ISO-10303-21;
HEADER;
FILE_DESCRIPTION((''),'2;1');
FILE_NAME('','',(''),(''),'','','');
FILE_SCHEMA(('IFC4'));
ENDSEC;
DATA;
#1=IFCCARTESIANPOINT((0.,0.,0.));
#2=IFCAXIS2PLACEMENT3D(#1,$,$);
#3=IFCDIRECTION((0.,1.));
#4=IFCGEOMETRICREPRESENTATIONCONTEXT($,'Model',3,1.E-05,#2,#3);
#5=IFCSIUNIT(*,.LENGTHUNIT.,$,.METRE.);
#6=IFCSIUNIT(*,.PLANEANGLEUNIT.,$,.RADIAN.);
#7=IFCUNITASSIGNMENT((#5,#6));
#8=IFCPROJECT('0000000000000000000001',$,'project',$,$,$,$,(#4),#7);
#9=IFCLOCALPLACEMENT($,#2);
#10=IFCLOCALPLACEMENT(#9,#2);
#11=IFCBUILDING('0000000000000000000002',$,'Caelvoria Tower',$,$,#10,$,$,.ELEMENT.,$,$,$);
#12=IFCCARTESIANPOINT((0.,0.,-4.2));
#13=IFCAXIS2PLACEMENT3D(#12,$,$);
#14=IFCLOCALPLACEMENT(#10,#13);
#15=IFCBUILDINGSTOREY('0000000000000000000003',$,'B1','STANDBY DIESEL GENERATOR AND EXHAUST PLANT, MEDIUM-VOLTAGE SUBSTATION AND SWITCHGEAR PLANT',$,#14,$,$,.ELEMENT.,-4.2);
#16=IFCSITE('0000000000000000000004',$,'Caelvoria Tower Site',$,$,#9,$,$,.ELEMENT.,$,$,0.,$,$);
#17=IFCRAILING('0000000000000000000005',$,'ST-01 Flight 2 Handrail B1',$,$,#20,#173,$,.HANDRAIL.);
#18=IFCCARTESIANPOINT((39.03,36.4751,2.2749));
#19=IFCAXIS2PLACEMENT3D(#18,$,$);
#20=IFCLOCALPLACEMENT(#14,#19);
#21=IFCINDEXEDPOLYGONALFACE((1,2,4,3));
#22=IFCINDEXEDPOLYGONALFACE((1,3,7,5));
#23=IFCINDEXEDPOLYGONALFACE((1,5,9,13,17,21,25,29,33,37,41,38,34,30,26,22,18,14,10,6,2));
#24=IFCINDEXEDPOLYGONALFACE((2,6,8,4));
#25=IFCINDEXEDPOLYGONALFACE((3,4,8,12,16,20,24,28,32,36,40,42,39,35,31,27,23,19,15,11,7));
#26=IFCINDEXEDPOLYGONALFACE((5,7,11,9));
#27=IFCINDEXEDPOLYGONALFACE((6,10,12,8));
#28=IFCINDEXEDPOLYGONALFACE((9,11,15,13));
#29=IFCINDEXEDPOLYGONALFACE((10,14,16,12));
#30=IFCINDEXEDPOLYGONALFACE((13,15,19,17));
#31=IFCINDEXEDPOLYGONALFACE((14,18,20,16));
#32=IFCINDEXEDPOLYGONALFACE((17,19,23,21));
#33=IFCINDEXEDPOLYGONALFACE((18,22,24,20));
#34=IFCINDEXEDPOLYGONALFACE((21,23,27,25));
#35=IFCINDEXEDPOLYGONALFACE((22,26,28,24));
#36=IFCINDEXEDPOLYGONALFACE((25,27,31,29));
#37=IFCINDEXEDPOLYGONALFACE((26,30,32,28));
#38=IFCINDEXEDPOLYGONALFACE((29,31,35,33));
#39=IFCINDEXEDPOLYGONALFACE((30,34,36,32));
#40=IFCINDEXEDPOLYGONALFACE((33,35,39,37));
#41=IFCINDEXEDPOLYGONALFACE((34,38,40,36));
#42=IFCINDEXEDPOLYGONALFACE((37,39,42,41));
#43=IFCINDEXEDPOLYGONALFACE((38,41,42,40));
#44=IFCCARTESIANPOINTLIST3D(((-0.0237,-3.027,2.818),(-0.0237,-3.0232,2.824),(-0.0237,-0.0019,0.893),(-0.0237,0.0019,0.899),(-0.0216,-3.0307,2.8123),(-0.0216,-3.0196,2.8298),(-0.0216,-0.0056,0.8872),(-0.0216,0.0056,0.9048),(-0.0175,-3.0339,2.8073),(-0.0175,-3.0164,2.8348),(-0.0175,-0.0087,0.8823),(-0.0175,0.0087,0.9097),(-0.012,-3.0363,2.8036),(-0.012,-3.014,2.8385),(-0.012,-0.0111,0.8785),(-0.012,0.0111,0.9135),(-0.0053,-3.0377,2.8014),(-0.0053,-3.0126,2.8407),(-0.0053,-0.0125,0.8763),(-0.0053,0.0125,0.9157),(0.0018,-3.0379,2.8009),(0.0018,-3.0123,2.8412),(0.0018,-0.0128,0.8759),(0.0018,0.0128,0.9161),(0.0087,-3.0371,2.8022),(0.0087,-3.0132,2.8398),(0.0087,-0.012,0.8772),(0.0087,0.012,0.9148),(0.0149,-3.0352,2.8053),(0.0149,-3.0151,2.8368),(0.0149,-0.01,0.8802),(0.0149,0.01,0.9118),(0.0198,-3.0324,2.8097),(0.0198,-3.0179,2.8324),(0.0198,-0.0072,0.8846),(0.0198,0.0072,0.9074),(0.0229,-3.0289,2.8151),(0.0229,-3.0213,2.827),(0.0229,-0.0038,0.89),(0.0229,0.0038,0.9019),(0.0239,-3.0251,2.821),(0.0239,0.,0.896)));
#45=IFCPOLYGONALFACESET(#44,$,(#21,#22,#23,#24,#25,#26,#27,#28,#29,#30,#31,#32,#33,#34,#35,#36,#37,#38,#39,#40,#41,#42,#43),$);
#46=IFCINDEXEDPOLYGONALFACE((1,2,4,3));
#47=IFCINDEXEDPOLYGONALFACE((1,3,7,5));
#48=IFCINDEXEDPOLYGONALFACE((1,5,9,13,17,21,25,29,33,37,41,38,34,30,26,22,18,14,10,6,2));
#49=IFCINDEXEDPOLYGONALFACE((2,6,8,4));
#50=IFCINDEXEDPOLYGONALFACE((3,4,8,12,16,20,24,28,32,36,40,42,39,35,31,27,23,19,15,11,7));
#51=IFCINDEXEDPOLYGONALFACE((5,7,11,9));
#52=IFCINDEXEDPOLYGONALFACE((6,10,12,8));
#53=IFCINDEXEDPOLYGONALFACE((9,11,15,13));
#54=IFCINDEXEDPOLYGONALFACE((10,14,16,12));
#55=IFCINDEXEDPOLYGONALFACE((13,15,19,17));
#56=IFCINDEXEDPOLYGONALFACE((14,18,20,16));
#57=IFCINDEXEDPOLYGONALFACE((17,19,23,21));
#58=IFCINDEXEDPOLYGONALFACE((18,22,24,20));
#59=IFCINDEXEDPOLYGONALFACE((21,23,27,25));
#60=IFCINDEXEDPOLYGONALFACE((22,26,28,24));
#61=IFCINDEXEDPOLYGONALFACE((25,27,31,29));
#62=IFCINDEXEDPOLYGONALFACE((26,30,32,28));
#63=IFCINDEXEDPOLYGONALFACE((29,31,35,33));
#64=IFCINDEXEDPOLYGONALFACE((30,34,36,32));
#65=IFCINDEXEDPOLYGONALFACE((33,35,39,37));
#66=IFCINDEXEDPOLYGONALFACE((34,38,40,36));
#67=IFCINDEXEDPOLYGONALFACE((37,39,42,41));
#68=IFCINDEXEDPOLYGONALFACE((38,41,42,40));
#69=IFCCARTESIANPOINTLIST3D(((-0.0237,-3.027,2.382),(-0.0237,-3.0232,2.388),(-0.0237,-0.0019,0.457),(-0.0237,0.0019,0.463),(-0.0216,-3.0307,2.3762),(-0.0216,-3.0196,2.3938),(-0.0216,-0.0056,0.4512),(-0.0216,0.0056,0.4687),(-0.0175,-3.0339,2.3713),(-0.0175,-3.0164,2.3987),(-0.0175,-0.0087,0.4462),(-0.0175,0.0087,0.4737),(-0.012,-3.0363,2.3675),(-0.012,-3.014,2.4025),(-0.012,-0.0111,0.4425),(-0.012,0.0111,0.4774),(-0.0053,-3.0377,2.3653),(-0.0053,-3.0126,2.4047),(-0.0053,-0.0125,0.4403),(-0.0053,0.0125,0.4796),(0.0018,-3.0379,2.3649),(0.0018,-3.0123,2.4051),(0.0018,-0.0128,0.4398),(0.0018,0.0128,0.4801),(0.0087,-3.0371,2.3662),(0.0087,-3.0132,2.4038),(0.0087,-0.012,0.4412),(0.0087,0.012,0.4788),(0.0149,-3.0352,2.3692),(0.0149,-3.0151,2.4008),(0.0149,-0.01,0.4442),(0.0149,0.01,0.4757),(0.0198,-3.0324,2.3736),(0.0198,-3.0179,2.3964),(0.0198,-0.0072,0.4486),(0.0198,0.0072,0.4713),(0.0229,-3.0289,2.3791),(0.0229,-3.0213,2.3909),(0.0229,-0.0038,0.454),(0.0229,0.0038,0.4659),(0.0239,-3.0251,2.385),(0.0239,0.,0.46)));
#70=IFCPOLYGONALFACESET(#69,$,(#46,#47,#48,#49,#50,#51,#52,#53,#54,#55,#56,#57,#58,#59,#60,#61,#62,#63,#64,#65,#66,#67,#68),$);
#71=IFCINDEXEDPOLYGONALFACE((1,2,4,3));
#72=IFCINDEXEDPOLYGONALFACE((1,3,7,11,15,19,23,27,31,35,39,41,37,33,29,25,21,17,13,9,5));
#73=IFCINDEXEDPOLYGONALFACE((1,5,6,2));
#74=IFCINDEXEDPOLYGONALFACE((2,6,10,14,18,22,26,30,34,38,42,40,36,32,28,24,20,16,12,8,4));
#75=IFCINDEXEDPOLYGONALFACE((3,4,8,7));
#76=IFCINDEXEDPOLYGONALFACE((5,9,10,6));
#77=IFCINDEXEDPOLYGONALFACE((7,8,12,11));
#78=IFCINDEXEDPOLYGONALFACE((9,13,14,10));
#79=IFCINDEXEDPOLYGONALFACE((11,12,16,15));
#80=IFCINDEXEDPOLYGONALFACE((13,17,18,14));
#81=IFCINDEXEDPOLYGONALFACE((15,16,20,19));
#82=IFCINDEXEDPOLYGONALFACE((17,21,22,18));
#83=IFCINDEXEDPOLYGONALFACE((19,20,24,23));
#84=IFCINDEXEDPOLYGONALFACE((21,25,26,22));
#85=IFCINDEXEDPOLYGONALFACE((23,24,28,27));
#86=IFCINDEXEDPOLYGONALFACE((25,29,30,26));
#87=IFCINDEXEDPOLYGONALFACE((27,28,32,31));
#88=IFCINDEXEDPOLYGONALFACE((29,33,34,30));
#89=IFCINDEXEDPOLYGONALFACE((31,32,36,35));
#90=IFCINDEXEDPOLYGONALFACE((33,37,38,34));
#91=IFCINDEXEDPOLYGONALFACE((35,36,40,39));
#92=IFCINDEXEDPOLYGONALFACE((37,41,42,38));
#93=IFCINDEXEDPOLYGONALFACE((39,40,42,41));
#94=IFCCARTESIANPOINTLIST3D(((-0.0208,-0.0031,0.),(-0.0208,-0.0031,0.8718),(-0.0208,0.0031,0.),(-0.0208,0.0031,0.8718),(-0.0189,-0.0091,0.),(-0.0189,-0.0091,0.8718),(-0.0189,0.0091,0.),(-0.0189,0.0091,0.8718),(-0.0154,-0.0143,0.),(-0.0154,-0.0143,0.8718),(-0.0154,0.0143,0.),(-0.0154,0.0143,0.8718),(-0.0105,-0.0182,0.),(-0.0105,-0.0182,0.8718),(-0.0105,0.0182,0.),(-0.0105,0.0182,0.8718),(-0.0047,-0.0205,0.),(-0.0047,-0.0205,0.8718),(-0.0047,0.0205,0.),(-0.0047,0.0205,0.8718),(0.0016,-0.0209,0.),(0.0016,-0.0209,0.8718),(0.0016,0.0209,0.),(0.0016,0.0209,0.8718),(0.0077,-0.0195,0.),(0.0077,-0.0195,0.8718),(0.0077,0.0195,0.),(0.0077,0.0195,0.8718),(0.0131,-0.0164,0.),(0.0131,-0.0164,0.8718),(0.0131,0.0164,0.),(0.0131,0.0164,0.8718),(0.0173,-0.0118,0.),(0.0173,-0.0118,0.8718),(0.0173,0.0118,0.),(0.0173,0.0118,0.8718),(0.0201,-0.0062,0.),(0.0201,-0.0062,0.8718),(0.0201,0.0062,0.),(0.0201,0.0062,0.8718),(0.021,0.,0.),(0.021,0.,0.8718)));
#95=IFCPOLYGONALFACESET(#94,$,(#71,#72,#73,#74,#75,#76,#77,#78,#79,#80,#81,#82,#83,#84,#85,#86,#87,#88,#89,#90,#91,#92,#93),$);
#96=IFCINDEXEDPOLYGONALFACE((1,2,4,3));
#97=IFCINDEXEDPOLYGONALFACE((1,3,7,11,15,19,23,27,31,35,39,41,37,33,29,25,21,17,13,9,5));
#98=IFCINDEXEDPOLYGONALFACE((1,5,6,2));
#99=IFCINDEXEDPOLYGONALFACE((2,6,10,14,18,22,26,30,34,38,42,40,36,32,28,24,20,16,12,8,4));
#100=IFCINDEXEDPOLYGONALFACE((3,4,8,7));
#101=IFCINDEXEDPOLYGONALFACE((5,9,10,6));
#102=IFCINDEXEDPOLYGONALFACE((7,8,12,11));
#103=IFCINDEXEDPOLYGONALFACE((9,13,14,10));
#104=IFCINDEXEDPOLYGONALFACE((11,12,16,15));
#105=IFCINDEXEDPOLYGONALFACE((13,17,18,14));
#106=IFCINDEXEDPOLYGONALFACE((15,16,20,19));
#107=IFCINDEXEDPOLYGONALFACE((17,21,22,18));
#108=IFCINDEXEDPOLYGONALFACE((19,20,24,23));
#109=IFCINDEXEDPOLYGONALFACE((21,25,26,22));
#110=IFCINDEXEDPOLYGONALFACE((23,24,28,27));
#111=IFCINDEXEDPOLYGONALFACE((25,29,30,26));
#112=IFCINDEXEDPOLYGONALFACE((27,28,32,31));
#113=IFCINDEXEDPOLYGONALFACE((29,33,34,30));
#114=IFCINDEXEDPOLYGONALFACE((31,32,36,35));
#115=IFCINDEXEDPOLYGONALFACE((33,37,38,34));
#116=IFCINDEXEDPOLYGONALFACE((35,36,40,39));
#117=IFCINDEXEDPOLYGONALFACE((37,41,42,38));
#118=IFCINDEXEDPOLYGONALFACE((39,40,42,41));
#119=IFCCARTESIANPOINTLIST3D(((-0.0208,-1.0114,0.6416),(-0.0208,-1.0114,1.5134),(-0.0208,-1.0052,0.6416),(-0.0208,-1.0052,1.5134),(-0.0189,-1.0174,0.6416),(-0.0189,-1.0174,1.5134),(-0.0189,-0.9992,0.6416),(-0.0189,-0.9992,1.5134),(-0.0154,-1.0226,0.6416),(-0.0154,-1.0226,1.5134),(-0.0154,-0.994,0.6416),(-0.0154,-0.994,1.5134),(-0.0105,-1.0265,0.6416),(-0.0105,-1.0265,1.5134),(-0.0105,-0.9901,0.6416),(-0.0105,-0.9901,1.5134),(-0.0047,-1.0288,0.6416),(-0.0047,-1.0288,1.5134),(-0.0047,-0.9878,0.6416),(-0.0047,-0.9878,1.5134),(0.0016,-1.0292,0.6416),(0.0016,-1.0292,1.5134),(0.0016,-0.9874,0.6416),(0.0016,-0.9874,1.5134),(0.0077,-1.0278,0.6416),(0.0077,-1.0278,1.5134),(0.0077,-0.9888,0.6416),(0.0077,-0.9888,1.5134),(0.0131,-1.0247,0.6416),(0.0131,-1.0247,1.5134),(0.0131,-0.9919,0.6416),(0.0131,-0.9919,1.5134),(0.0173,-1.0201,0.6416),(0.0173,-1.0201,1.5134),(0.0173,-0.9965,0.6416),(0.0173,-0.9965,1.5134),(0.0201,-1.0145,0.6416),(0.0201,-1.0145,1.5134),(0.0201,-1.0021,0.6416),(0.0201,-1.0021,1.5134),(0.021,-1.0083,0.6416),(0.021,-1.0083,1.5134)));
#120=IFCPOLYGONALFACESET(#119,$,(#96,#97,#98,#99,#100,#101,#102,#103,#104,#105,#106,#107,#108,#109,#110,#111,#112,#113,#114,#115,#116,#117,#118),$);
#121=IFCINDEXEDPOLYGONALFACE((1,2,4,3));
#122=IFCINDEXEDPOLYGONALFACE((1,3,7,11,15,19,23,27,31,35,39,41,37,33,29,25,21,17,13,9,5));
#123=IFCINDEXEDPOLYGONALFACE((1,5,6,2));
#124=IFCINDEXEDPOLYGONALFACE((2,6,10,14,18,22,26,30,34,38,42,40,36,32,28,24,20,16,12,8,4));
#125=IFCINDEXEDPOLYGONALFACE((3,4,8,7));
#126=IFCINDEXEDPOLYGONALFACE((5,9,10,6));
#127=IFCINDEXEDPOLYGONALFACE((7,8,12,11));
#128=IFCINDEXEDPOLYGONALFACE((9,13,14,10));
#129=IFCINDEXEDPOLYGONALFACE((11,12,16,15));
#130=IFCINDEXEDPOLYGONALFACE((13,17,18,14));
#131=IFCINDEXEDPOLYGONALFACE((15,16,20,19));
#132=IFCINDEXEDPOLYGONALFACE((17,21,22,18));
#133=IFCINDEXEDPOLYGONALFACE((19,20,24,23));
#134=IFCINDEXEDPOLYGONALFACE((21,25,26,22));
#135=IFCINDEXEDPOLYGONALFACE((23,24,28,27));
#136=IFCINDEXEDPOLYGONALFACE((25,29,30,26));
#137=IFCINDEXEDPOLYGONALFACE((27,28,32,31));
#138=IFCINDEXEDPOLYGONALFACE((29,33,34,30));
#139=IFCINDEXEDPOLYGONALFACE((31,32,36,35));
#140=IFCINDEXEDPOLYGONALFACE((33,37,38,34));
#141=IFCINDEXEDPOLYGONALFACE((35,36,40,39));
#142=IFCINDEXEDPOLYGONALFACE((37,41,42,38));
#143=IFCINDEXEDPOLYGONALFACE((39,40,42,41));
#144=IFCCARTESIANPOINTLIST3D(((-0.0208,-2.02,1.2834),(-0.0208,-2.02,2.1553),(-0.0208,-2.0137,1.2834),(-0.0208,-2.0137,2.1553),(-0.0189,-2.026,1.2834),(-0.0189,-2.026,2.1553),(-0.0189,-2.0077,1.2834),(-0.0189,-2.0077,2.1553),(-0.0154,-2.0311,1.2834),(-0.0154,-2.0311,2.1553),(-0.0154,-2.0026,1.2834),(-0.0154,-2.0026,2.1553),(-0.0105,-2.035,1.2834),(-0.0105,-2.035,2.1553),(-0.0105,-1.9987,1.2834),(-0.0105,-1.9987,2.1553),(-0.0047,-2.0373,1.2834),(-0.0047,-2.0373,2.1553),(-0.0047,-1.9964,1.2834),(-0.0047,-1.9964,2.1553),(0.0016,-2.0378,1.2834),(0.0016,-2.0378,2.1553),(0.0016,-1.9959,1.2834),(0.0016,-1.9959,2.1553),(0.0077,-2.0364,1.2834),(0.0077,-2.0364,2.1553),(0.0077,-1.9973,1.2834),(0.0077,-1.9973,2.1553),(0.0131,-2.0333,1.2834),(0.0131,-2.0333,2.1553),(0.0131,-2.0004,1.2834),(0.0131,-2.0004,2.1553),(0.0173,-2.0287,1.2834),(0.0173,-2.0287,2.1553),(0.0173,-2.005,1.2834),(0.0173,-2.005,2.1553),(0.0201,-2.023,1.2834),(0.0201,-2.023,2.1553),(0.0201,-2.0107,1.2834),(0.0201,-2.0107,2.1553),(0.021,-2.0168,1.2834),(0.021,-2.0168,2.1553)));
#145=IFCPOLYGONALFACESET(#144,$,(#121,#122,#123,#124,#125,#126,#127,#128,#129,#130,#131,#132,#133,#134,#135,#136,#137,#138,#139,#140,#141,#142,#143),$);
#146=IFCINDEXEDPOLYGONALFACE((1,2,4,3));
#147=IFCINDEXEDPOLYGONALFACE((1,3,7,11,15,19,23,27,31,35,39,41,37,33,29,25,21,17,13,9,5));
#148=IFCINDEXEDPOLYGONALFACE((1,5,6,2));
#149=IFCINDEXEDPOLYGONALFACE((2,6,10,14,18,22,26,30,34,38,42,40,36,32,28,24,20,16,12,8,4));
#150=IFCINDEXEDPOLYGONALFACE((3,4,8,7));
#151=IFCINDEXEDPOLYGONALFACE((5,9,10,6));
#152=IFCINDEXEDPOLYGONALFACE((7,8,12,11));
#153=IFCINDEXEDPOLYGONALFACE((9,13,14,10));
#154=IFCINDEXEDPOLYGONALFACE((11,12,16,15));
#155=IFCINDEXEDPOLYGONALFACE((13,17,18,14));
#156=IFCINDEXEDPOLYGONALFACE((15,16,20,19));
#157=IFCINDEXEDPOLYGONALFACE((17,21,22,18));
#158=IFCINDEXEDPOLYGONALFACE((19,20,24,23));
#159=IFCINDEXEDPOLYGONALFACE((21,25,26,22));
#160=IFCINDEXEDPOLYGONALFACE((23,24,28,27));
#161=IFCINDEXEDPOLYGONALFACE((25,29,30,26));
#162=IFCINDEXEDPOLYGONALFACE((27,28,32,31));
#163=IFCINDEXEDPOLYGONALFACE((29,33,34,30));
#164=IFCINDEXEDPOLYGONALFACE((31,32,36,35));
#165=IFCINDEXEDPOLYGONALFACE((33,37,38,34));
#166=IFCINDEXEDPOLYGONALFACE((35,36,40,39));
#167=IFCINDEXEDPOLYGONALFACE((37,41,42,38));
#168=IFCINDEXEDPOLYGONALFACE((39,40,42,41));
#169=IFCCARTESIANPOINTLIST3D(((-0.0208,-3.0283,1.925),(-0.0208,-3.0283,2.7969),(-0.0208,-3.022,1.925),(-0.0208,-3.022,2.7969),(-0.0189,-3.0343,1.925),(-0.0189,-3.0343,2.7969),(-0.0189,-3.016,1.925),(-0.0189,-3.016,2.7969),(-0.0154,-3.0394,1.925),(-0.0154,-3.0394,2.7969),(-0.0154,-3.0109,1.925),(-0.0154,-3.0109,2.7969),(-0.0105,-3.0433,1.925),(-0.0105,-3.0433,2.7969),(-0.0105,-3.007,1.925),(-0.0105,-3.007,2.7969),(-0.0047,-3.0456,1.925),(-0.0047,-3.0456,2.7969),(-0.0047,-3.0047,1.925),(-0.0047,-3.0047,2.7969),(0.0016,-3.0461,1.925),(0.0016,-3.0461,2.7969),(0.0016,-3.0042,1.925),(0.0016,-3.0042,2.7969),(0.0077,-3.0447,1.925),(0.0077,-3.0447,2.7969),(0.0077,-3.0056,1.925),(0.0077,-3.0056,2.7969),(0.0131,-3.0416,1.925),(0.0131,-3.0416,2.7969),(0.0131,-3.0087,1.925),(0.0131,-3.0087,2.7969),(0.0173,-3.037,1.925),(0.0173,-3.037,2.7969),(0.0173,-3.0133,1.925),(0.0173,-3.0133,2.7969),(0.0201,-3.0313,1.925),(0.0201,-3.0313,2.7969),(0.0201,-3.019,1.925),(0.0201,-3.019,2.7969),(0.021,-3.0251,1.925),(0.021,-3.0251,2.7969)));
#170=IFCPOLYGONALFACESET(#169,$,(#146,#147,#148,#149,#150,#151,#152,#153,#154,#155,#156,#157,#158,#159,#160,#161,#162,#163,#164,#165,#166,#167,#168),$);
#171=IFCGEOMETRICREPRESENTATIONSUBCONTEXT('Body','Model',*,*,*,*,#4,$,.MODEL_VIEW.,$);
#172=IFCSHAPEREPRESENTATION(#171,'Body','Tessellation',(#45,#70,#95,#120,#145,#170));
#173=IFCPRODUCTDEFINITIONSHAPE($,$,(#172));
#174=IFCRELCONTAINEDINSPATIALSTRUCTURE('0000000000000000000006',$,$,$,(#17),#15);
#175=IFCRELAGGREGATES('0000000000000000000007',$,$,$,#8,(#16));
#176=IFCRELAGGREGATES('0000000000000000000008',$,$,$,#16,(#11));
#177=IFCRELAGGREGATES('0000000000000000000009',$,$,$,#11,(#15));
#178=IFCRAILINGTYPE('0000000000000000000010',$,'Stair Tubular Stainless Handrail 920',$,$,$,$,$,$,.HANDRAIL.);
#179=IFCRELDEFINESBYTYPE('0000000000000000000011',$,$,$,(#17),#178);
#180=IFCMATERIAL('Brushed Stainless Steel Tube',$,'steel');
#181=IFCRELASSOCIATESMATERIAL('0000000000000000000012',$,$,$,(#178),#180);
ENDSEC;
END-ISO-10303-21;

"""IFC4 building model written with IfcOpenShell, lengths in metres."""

from ifc_helpers import new_model, si_unit, direction, frame, origin, origin_2d, place, context, subcontext, project, spatial, circle, extrude, material, type_object, element, save


model = new_model("IFC4")

# Units and contexts
model_context = context("Model", 3, precision=1e-05, world=origin(), true_north=direction((0.0, 1.0)))
body_context = subcontext(model_context, "Body", "Model", "MODEL_VIEW")
ifc_project = project(units=[si_unit("LENGTHUNIT", "METRE"), si_unit("PLANEANGLEUNIT", "RADIAN")], contexts=[model_context])

# Site, building, storey
site_placement = place(None, origin())
site = spatial("IfcSite", under=ifc_project, at=site_placement, Name="Caelvoria Tower Site", CompositionType="ELEMENT", RefElevation=0.0)
building_placement = place(site_placement, origin())
building = spatial("IfcBuilding", under=site, at=building_placement, Name="Caelvoria Tower", CompositionType="ELEMENT")
storey_placement = place(building_placement, frame((0.0, 0.0, -4.2)))
storey = spatial("IfcBuildingStorey", under=building, at=storey_placement, Name="B1", Description="STANDBY DIESEL GENERATOR AND EXHAUST PLANT, MEDIUM-VOLTAGE SUBSTATION AND SWITCHGEAR PLANT", CompositionType="ELEMENT", Elevation=-4.2)

# Railing
ifc_material_1 = material(Name="Brushed Stainless Steel Tube", Category="steel")
railing_type_1 = type_object("IfcRailingType", Name="Stair Tubular Stainless Handrail 920", PredefinedType="HANDRAIL", material=ifc_material_1)
railing_1_placement = place(storey_placement, frame((39.03, 36.4751, 2.2749)))
element("IfcRailing", 1, at=railing_1_placement, inside=storey, type_object=railing_type_1, Name="ST-01 Flight 2 Handrail B1", PredefinedType="HANDRAIL", context=body_context, shape_type="SweptSolid", body=[
    extrude(circle(Radius=0.0239, at=origin_2d()), frame((0.0, 0.0, 0.896), z_axis=(0.0, -0.843667, 0.536867), x_axis=(1.0, 0.0, 0.0)), (0.0, 0.0, 1.0), 3.5857),
    extrude(circle(Radius=0.0239, at=origin_2d()), frame((0.0, 0.0, 0.46), z_axis=(0.0, -0.843667, 0.536867), x_axis=(1.0, 0.0, 0.0)), (0.0, 0.0, 1.0), 3.5857),
    extrude(circle(Radius=0.021, at=origin_2d()), origin(), (0.0, 0.0, 1.0), 0.8718),
    extrude(circle(Radius=0.021, at=origin_2d()), frame((0.0, -1.0083, 0.6416)), (0.0, 0.0, 1.0), 0.8718),
    extrude(circle(Radius=0.021, at=origin_2d()), frame((0.0, -2.0168, 1.2834)), (0.0, 0.0, 1.0), 0.8718),
    extrude(circle(Radius=0.021, at=origin_2d()), frame((0.0, -3.0251, 1.925)), (0.0, 0.0, 1.0), 0.8718),
])

save(model, "model.ifc")
